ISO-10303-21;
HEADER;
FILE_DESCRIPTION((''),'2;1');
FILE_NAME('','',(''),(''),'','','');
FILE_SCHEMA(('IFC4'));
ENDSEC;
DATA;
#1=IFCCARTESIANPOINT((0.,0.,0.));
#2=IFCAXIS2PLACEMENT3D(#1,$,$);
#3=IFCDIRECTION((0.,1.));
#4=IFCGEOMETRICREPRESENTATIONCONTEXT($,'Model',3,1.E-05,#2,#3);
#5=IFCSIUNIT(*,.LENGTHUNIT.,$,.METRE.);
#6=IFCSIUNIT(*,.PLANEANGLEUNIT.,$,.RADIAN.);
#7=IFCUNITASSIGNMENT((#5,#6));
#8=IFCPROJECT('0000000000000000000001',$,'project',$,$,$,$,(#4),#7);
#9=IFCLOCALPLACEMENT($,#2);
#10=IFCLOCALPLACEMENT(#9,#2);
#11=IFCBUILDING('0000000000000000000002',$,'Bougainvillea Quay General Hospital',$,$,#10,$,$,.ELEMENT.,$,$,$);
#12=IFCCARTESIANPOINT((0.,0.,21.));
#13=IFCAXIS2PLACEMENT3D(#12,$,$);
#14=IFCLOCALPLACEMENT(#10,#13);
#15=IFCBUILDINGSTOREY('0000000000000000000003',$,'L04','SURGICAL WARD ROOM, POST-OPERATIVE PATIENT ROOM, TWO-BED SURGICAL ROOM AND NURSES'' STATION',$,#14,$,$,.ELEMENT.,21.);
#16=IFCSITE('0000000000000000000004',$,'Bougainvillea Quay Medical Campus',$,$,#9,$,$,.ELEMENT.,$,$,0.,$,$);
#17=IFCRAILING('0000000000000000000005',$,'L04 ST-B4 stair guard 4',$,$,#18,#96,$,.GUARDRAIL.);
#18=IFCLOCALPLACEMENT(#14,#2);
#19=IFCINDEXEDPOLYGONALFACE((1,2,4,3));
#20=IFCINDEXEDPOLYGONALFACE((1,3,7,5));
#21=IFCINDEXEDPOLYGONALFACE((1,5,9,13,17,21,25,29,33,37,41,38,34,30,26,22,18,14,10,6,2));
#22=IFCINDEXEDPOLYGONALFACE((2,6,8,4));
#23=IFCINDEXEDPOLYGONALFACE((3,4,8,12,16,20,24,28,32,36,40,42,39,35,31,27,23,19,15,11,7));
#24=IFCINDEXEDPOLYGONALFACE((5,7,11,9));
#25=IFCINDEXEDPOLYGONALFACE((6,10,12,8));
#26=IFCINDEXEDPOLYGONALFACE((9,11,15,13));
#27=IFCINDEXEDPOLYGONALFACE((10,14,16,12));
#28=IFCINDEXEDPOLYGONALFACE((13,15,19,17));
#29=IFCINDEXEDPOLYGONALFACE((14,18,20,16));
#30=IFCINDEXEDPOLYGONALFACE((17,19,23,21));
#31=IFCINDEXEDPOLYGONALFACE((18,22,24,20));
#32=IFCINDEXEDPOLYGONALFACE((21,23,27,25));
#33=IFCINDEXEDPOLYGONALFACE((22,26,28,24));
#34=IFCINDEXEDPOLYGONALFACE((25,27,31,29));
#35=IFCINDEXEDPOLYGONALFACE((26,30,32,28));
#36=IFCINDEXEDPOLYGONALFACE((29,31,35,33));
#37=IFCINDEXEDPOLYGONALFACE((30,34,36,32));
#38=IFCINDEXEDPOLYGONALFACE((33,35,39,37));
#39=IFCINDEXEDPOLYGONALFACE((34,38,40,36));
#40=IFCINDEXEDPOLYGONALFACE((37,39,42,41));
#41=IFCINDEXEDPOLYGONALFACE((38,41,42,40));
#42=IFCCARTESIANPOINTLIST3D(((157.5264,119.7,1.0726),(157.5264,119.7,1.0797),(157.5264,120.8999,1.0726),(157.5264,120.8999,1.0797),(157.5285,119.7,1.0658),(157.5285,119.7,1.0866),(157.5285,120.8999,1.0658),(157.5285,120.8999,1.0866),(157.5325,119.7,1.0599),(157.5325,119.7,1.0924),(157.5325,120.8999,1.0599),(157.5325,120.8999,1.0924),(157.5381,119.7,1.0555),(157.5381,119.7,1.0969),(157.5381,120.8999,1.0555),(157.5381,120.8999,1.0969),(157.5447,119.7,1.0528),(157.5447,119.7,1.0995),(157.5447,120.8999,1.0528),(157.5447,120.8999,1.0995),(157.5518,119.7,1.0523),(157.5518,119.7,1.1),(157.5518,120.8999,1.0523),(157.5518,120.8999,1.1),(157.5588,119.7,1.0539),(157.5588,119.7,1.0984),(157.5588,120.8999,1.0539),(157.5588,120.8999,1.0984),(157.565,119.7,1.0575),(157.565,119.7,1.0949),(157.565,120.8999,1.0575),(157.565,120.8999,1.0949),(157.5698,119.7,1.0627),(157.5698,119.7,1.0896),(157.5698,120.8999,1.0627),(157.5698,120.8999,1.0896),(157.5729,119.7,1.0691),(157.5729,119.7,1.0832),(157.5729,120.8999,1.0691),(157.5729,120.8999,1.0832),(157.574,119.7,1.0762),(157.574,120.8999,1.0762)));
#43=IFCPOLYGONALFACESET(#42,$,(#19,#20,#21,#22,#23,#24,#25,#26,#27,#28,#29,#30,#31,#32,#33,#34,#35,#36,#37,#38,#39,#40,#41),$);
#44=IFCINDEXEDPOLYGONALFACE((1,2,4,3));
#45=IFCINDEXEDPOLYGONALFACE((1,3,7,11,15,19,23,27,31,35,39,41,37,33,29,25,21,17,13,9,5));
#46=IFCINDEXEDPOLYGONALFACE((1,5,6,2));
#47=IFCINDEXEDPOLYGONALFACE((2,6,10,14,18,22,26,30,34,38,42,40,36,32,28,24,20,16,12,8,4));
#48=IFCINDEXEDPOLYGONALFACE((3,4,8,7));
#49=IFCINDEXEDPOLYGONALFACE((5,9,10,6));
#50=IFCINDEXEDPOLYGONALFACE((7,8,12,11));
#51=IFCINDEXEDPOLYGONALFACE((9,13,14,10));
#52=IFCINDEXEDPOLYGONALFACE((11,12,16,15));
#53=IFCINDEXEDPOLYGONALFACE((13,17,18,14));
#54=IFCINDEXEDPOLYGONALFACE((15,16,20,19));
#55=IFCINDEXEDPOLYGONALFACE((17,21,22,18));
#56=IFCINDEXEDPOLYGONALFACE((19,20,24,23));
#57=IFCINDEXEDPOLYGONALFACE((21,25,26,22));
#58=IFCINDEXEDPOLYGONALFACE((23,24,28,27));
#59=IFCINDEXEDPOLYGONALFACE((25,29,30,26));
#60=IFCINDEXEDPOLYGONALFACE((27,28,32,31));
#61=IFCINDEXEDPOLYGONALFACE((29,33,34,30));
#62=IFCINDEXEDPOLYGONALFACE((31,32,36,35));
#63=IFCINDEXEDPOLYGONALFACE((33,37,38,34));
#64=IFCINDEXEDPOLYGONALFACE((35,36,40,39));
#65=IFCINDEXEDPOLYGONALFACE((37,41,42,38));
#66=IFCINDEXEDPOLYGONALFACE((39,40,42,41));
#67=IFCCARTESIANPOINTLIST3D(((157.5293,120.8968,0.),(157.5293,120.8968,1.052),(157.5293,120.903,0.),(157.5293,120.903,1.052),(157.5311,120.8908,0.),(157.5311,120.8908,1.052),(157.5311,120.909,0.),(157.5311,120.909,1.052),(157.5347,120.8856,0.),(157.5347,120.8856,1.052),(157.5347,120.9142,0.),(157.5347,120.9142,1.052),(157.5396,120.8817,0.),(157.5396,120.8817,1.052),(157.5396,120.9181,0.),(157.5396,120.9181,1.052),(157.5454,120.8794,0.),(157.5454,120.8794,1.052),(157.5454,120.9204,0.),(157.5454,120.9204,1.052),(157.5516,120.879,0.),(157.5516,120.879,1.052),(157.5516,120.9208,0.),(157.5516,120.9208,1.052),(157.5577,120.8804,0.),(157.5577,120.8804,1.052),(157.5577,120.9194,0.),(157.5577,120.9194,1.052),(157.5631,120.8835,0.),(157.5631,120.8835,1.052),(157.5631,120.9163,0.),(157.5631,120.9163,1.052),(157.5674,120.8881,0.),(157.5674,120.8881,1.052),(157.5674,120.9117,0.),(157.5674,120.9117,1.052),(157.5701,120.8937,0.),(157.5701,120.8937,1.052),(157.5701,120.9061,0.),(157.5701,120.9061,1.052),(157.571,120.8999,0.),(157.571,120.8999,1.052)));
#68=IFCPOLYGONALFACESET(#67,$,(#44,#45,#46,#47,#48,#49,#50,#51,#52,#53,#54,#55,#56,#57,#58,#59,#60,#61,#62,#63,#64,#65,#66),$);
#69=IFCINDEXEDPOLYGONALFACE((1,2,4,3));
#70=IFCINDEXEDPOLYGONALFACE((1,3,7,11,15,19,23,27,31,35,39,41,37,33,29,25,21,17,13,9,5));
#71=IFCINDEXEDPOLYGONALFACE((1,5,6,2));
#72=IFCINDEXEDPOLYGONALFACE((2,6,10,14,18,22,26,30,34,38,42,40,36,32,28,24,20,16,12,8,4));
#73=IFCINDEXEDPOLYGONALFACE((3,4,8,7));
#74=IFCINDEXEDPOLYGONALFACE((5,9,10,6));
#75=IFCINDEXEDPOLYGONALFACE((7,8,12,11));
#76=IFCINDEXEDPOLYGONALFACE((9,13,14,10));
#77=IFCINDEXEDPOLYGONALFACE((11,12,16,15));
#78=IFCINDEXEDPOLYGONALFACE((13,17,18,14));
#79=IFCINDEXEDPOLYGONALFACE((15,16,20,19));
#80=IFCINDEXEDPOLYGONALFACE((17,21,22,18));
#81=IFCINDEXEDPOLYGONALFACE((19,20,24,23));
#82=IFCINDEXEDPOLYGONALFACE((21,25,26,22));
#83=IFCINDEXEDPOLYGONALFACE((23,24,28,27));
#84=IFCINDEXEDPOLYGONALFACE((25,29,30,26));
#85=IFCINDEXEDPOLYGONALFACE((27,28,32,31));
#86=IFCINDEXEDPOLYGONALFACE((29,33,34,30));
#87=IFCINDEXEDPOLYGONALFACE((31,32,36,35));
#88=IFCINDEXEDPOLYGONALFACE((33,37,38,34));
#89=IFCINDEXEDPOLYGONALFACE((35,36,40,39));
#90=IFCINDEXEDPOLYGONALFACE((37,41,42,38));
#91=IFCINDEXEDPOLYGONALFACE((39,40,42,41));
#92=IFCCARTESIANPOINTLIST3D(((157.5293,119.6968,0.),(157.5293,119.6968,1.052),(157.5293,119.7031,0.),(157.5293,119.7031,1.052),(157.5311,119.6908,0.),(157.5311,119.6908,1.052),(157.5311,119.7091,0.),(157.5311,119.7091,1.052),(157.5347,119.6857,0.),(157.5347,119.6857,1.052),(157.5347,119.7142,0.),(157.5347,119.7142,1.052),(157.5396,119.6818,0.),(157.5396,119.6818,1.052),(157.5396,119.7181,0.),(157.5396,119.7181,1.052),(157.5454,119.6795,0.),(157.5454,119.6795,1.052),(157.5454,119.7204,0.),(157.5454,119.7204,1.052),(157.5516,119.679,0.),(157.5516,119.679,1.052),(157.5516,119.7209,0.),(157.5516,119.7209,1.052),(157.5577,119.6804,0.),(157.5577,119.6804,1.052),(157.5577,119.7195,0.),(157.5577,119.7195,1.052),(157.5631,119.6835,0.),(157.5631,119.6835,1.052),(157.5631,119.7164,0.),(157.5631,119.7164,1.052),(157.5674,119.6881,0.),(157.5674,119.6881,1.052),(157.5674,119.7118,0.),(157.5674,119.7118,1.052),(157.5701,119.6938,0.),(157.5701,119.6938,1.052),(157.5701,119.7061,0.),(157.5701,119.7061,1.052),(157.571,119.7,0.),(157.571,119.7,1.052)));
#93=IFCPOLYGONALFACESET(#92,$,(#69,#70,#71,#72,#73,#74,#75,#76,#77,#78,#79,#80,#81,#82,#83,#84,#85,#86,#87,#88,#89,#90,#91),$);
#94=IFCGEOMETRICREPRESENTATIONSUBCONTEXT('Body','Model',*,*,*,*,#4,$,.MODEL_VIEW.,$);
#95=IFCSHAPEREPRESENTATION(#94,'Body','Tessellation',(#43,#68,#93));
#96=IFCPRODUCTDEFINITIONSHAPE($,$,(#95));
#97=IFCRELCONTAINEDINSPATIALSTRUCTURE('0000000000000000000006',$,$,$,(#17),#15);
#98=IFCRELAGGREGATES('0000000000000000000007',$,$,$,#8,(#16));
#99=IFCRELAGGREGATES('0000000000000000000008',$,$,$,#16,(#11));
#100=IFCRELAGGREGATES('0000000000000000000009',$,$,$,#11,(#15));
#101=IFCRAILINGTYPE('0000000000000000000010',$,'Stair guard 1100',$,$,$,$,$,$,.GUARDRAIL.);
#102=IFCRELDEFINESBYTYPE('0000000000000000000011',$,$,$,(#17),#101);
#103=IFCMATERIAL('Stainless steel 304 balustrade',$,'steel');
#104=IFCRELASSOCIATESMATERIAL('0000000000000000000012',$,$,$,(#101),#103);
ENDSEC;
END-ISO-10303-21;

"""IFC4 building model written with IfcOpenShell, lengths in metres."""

from ifc_helpers import new_model, si_unit, direction, frame, origin, origin_2d, place, context, subcontext, project, spatial, circle, extrude, material, type_object, element, save


model = new_model("IFC4")

# Units and contexts
model_context = context("Model", 3, precision=1e-05, world=origin(), true_north=direction((0.0, 1.0)))
body_context = subcontext(model_context, "Body", "Model", "MODEL_VIEW")
ifc_project = project(units=[si_unit("LENGTHUNIT", "METRE"), si_unit("PLANEANGLEUNIT", "RADIAN")], contexts=[model_context])

# Site, building, storey
site_placement = place(None, origin())
site = spatial("IfcSite", under=ifc_project, at=site_placement, Name="Bougainvillea Quay Medical Campus", CompositionType="ELEMENT", RefElevation=0.0)
building_placement = place(site_placement, origin())
building = spatial("IfcBuilding", under=site, at=building_placement, Name="Bougainvillea Quay General Hospital", CompositionType="ELEMENT")
storey_placement = place(building_placement, frame((0.0, 0.0, 21.0)))
storey = spatial("IfcBuildingStorey", under=building, at=storey_placement, Name="L04", Description="SURGICAL WARD ROOM, POST-OPERATIVE PATIENT ROOM, TWO-BED SURGICAL ROOM AND NURSES' STATION", CompositionType="ELEMENT", Elevation=21.0)

# Railing
ifc_material_1 = material(Name="Stainless steel 304 balustrade", Category="steel")
railing_type_1 = type_object("IfcRailingType", Name="Stair guard 1100", PredefinedType="GUARDRAIL", material=ifc_material_1)
railing_1_placement = place(storey_placement, frame((157.55, 120.8999, 0.0)))
element("IfcRailing", 1, at=railing_1_placement, inside=storey, type_object=railing_type_1, Name="L04 ST-B4 stair guard 4", PredefinedType="GUARDRAIL", context=body_context, shape_type="SweptSolid", body=[
    extrude(circle(Radius=0.0239, at=origin_2d()), frame((0.0, 0.0, 1.0762), z_axis=(0.0, -1.0, 0.0), x_axis=(1.0, 0.0, 0.0)), (0.0, 0.0, 1.0), 1.2),
    extrude(circle(Radius=0.021, at=origin_2d()), origin(), (0.0, 0.0, 1.0), 1.052),
    extrude(circle(Radius=0.021, at=origin_2d()), frame((0.0, -1.2, 0.0)), (0.0, 0.0, 1.0), 1.052),
])

save(model, "model.ifc")
